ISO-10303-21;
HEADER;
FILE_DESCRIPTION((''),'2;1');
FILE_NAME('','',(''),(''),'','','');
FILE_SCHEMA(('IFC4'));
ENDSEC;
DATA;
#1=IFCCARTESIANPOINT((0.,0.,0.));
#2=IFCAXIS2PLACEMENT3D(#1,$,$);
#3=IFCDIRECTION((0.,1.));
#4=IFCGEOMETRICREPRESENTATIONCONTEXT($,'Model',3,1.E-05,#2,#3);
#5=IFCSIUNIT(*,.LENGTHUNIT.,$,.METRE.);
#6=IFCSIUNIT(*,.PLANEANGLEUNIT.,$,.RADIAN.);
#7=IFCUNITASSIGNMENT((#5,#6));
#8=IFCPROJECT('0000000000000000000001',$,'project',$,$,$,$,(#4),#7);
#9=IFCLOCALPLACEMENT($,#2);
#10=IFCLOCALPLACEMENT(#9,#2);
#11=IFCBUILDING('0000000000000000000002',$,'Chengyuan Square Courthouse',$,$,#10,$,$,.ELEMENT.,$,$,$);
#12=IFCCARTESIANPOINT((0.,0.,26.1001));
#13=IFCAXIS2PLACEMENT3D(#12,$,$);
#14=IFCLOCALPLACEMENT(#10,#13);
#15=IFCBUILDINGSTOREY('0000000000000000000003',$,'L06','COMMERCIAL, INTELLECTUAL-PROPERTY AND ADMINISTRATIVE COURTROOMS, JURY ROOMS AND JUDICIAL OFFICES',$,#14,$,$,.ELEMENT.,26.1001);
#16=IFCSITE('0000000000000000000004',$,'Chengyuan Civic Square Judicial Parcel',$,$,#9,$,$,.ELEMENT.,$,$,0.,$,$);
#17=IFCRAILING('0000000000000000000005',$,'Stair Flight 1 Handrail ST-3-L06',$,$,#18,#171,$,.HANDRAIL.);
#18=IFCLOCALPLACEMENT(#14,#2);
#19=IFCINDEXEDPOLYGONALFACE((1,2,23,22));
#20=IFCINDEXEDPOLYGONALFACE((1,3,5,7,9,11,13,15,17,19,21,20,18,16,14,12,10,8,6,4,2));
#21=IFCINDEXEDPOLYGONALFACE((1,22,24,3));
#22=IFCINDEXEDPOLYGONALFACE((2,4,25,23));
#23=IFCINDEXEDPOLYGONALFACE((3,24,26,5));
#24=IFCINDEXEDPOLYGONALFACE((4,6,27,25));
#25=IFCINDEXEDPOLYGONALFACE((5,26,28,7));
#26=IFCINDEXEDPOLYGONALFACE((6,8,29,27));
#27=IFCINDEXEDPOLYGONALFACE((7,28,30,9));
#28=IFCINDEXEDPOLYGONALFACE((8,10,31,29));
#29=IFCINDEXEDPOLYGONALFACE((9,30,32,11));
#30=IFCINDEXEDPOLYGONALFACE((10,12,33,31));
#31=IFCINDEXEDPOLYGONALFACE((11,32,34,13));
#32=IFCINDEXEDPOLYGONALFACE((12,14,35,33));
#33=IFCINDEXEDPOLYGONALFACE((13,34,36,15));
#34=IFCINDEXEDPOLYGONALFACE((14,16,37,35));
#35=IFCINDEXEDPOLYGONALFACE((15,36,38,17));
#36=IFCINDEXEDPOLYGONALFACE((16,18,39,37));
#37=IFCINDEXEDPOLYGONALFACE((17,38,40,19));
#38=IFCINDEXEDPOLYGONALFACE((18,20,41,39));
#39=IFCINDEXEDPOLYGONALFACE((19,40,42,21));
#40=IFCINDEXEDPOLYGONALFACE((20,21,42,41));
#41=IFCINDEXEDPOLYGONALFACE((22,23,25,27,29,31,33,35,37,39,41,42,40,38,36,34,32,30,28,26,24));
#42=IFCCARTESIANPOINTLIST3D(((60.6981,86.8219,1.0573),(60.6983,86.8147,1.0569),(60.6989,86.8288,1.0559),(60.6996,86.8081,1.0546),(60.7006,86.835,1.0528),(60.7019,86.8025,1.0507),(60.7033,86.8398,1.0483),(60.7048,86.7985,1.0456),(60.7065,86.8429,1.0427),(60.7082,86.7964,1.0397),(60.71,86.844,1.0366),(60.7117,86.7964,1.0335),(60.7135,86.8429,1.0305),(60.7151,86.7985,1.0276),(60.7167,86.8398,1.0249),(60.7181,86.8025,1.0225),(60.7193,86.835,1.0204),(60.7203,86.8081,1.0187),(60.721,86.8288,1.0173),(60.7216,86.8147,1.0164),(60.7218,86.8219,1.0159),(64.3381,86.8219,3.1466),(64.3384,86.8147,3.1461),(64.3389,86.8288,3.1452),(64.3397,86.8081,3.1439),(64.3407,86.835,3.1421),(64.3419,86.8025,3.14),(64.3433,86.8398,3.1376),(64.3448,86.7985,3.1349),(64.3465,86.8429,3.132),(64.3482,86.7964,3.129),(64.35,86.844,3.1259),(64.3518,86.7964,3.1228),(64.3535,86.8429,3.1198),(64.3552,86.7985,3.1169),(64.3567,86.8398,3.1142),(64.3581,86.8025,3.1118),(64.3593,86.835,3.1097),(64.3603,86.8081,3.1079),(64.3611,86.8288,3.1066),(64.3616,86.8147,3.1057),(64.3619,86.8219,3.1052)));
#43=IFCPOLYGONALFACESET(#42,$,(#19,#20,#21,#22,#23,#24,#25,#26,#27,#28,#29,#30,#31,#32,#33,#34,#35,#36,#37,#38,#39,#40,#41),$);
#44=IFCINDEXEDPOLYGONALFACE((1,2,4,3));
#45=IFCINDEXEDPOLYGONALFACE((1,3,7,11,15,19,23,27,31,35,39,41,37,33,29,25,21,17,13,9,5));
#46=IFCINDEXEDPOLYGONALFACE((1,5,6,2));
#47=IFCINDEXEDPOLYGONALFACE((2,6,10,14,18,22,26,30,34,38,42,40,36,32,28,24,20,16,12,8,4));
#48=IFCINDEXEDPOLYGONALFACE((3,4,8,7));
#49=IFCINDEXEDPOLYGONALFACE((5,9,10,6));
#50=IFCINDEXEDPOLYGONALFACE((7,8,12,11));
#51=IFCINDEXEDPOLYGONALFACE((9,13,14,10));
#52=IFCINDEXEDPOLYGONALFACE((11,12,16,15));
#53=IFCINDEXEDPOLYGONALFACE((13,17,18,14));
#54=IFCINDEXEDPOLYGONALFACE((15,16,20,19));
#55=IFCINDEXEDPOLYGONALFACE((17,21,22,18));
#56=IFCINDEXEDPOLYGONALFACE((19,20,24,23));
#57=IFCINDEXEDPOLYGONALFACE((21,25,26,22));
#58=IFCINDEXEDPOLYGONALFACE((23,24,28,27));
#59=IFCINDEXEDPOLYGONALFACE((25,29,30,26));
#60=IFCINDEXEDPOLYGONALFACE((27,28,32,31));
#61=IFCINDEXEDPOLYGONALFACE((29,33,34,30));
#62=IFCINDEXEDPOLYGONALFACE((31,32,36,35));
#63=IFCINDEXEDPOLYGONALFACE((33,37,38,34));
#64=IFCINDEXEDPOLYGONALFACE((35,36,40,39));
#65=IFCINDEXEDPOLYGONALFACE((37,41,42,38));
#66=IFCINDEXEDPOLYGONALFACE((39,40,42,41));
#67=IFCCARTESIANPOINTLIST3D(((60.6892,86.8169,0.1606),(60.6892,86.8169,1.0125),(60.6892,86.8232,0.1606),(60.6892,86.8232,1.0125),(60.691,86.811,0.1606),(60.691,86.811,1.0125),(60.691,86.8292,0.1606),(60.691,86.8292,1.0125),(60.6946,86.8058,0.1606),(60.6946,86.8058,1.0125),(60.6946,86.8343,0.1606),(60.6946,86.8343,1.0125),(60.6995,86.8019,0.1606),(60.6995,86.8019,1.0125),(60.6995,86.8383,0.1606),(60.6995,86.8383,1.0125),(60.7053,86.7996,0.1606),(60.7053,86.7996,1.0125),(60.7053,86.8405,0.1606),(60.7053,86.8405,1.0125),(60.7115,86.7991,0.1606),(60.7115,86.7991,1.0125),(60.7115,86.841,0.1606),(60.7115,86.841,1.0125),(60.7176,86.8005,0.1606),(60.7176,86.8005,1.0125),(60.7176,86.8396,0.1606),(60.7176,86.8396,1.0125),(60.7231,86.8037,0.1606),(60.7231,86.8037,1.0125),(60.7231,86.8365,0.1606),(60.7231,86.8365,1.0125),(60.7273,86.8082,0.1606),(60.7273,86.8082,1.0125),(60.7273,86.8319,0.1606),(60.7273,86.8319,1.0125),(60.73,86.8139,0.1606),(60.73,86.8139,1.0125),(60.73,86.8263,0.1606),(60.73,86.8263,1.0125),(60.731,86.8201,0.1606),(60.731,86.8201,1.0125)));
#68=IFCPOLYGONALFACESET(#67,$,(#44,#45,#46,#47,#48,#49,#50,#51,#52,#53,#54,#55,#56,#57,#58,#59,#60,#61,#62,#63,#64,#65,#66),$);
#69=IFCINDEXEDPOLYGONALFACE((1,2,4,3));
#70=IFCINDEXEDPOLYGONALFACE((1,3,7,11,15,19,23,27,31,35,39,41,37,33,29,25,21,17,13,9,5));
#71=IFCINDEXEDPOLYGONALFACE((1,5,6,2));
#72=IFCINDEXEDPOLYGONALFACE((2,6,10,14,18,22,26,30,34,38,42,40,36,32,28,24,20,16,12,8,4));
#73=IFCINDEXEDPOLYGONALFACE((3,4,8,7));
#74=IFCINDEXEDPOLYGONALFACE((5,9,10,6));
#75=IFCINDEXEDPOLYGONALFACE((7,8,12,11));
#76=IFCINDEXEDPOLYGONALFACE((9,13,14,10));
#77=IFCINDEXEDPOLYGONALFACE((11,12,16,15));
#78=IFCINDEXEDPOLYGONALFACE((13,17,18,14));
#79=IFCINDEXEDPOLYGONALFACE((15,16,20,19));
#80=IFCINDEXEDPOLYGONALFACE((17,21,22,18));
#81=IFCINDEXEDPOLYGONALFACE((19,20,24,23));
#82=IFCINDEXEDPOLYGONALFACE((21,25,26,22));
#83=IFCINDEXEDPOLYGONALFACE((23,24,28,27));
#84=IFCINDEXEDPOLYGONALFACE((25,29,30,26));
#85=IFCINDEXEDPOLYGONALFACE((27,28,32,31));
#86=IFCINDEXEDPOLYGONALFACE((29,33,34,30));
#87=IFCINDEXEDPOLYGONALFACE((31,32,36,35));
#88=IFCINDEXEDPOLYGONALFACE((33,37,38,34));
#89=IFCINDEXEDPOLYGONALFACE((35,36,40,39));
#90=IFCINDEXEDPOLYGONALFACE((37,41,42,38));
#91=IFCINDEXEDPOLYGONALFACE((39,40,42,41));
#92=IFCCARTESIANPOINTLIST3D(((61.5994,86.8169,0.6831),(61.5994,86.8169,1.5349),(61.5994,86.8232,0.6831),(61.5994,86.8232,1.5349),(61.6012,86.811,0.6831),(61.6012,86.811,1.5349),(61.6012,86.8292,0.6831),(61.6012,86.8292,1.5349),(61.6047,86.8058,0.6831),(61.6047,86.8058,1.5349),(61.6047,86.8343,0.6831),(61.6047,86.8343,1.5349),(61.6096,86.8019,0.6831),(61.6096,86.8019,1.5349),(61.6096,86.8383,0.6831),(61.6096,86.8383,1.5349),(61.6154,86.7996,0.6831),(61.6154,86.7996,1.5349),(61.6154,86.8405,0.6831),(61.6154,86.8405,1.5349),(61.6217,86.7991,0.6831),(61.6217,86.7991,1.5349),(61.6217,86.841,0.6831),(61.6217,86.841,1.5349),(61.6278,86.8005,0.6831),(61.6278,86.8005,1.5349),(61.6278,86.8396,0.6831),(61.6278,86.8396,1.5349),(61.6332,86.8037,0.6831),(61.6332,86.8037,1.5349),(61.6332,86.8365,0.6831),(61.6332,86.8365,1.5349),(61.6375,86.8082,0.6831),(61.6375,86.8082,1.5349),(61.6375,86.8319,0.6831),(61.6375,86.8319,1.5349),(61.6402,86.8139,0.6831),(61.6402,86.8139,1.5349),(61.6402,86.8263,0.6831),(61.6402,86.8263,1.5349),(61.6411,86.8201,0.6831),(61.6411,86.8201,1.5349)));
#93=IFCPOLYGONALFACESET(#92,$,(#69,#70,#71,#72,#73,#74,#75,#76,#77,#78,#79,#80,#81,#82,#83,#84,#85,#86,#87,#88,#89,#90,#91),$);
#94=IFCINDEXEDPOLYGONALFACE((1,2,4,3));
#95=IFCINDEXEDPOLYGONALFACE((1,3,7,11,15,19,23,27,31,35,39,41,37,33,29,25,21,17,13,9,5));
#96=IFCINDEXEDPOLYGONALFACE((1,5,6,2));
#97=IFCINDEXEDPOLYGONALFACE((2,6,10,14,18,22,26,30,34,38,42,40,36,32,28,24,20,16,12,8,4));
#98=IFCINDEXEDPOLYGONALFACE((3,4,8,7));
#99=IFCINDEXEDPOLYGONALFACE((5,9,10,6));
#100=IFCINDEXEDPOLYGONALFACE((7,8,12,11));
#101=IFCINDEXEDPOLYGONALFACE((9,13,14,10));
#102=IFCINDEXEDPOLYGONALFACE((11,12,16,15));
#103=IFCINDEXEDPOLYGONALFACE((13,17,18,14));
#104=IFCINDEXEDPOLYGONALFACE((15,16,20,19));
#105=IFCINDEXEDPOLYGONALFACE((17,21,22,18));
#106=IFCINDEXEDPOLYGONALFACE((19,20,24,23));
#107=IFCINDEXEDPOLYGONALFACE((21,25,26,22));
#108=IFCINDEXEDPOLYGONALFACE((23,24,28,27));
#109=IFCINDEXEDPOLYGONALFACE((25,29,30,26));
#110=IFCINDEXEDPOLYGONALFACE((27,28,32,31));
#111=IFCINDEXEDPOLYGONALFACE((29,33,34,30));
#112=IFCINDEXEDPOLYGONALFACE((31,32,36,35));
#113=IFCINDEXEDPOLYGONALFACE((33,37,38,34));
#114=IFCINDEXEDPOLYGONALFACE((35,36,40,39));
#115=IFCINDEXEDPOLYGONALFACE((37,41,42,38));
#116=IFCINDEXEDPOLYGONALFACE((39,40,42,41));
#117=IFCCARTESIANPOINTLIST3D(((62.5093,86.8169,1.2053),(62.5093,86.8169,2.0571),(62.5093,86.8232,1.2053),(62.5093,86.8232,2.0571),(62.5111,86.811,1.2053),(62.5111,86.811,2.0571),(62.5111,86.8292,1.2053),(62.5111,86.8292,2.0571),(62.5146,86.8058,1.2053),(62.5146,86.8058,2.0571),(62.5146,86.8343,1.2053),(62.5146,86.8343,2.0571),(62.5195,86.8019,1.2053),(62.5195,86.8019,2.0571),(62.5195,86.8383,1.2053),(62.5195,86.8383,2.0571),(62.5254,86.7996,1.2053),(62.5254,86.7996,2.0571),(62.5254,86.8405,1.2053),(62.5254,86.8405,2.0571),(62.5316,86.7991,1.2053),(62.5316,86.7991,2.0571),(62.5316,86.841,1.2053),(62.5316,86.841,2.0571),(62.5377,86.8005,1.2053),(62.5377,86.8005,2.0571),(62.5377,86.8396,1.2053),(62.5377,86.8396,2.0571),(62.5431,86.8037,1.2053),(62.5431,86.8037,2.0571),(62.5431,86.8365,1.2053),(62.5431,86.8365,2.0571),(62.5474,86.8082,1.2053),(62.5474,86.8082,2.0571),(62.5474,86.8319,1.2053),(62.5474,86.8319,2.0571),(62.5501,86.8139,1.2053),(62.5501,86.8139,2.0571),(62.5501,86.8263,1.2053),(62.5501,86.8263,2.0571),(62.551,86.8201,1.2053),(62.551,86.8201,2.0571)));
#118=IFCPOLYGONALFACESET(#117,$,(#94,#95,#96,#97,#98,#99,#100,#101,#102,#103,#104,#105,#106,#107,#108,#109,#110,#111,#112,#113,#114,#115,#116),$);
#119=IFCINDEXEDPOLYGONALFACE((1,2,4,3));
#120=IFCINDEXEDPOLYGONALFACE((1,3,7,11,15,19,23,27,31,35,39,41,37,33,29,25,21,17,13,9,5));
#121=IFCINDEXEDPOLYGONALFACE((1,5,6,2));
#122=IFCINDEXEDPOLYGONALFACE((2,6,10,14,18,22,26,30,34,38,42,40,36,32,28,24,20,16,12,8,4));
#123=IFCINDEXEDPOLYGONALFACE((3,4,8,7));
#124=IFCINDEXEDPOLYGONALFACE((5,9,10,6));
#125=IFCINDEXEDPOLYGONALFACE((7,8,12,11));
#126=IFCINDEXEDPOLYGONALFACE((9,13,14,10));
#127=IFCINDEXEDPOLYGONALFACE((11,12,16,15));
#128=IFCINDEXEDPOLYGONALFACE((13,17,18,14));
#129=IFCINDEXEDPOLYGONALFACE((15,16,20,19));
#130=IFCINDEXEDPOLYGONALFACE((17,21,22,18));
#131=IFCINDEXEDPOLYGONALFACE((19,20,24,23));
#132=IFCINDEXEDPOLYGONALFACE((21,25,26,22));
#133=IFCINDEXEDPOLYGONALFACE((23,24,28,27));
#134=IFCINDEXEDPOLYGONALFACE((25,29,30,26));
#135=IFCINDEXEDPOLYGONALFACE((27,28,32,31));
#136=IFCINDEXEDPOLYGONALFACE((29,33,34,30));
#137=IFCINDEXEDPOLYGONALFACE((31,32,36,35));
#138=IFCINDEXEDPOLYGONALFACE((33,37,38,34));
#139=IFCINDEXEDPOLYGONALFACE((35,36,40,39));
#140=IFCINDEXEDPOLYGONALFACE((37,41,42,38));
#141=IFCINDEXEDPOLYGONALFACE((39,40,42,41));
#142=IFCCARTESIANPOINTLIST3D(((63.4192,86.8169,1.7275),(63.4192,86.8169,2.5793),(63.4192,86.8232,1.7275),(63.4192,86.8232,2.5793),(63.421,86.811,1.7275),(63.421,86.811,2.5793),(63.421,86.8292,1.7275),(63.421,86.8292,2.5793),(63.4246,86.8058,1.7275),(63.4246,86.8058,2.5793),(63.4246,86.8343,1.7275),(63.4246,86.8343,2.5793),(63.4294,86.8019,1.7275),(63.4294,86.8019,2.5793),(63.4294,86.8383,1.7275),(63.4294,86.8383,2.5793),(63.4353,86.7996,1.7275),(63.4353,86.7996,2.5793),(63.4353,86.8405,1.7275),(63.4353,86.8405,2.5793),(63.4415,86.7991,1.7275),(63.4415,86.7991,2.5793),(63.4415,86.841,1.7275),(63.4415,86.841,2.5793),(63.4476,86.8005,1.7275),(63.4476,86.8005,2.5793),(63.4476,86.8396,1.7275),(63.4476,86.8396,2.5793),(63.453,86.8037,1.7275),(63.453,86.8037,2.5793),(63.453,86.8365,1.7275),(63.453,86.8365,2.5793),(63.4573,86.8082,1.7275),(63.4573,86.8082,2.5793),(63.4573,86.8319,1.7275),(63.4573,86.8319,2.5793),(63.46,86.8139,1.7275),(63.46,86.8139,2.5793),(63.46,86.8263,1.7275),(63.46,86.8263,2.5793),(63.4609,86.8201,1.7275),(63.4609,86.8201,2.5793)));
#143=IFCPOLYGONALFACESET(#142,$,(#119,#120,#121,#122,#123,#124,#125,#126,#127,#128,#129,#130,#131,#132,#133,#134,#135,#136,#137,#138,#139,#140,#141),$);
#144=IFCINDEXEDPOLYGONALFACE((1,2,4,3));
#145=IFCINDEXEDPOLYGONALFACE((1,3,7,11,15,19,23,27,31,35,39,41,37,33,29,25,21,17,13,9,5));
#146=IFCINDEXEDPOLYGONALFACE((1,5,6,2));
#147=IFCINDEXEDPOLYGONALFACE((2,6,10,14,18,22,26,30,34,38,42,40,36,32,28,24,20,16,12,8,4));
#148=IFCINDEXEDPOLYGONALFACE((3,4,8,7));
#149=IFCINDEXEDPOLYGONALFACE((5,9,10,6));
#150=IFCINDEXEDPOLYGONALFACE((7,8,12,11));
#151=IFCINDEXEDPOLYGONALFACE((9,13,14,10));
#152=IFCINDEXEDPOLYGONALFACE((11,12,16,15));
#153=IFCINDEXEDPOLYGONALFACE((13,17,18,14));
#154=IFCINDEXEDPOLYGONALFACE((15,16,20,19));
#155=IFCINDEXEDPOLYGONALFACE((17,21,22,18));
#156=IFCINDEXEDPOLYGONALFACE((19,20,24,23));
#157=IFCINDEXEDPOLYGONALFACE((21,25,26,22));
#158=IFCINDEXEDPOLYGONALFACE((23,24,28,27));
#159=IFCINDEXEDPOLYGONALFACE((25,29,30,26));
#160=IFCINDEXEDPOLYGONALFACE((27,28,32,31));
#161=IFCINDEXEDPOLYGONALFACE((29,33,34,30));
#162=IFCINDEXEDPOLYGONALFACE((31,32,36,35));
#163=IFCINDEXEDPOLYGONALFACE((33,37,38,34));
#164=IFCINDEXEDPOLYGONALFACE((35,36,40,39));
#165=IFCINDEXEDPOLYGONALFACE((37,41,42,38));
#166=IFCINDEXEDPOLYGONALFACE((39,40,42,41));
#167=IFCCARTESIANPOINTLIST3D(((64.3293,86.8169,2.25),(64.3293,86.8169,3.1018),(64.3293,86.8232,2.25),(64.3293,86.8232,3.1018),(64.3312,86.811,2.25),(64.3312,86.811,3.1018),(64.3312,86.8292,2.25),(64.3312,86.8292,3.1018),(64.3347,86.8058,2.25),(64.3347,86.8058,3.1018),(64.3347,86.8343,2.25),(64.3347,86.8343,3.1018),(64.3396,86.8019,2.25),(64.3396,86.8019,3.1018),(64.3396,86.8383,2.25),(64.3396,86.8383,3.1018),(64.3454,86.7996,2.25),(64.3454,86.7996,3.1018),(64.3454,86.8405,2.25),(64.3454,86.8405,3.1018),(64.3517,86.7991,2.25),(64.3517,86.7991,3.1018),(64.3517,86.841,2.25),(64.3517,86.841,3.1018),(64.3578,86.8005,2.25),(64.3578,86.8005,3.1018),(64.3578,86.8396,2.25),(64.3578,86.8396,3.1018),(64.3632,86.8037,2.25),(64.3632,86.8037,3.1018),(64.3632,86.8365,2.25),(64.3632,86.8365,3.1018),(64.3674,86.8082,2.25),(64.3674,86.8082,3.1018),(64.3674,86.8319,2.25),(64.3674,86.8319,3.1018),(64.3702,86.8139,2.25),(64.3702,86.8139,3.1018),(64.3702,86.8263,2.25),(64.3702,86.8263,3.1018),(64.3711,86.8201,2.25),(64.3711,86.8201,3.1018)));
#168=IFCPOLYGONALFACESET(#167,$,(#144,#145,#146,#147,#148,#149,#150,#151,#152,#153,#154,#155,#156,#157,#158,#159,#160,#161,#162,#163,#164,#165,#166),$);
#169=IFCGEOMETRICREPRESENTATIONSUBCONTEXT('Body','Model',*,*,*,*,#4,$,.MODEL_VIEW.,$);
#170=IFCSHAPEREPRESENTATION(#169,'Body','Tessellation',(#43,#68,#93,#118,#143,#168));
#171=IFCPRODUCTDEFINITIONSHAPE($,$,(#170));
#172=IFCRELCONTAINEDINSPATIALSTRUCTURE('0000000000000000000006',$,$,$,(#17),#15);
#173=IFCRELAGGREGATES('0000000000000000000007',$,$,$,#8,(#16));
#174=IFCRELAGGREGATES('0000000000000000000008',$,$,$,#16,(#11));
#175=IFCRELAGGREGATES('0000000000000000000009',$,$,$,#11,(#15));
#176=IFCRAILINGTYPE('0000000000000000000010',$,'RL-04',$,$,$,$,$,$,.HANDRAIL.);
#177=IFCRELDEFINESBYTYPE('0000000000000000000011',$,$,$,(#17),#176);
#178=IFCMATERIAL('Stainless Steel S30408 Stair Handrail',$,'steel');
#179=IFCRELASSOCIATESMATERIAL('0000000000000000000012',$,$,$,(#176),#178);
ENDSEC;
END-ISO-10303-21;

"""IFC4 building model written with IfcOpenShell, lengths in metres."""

from ifc_helpers import new_model, si_unit, direction, frame, origin, origin_2d, place, context, subcontext, project, spatial, circle, extrude, material, type_object, element, save


model = new_model("IFC4")

# Units and contexts
model_context = context("Model", 3, precision=1e-05, world=origin(), true_north=direction((0.0, 1.0)))
body_context = subcontext(model_context, "Body", "Model", "MODEL_VIEW")
ifc_project = project(units=[si_unit("LENGTHUNIT", "METRE"), si_unit("PLANEANGLEUNIT", "RADIAN")], contexts=[model_context])

# Site, building, storey
site_placement = place(None, origin())
site = spatial("IfcSite", under=ifc_project, at=site_placement, Name="Chengyuan Civic Square Judicial Parcel", CompositionType="ELEMENT", RefElevation=0.0)
building_placement = place(site_placement, origin())
building = spatial("IfcBuilding", under=site, at=building_placement, Name="Chengyuan Square Courthouse", CompositionType="ELEMENT")
storey_placement = place(building_placement, frame((0.0, 0.0, 26.1001)))
storey = spatial("IfcBuildingStorey", under=building, at=storey_placement, Name="L06", Description="COMMERCIAL, INTELLECTUAL-PROPERTY AND ADMINISTRATIVE COURTROOMS, JURY ROOMS AND JUDICIAL OFFICES", CompositionType="ELEMENT", Elevation=26.1001)

# Railing
ifc_material_1 = material(Name="Stainless Steel S30408 Stair Handrail", Category="steel")
railing_type_1 = type_object("IfcRailingType", Name="RL-04", PredefinedType="HANDRAIL", material=ifc_material_1)
railing_1_placement = place(storey_placement, frame((60.71, 86.8201, 0.1606)))
element("IfcRailing", 1, at=railing_1_placement, inside=storey, type_object=railing_type_1, Name="Stair Flight 1 Handrail ST-3-L06", PredefinedType="HANDRAIL", context=body_context, shape_type="SweptSolid", body=[
    extrude(circle(Radius=0.0239, at=origin_2d()), frame((0.0, 0.0, 0.876), z_axis=(0.867289, 0.0, 0.497804), x_axis=(0.0, 1.0, 0.0)), (0.0, 0.0, 1.0), 4.197),
    extrude(circle(Radius=0.021, at=origin_2d()), origin(), (0.0, 0.0, 1.0), 0.8518),
    extrude(circle(Radius=0.021, at=origin_2d()), frame((0.9102, 0.0, 0.5225)), (0.0, 0.0, 1.0), 0.8518),
    extrude(circle(Radius=0.021, at=origin_2d()), frame((1.8201, 0.0, 1.0447)), (0.0, 0.0, 1.0), 0.8518),
    extrude(circle(Radius=0.021, at=origin_2d()), frame((2.73, 0.0, 1.5669)), (0.0, 0.0, 1.0), 0.8518),
    extrude(circle(Radius=0.021, at=origin_2d()), frame((3.6401, 0.0, 2.0894)), (0.0, 0.0, 1.0), 0.8518),
])

save(model, "model.ifc")
